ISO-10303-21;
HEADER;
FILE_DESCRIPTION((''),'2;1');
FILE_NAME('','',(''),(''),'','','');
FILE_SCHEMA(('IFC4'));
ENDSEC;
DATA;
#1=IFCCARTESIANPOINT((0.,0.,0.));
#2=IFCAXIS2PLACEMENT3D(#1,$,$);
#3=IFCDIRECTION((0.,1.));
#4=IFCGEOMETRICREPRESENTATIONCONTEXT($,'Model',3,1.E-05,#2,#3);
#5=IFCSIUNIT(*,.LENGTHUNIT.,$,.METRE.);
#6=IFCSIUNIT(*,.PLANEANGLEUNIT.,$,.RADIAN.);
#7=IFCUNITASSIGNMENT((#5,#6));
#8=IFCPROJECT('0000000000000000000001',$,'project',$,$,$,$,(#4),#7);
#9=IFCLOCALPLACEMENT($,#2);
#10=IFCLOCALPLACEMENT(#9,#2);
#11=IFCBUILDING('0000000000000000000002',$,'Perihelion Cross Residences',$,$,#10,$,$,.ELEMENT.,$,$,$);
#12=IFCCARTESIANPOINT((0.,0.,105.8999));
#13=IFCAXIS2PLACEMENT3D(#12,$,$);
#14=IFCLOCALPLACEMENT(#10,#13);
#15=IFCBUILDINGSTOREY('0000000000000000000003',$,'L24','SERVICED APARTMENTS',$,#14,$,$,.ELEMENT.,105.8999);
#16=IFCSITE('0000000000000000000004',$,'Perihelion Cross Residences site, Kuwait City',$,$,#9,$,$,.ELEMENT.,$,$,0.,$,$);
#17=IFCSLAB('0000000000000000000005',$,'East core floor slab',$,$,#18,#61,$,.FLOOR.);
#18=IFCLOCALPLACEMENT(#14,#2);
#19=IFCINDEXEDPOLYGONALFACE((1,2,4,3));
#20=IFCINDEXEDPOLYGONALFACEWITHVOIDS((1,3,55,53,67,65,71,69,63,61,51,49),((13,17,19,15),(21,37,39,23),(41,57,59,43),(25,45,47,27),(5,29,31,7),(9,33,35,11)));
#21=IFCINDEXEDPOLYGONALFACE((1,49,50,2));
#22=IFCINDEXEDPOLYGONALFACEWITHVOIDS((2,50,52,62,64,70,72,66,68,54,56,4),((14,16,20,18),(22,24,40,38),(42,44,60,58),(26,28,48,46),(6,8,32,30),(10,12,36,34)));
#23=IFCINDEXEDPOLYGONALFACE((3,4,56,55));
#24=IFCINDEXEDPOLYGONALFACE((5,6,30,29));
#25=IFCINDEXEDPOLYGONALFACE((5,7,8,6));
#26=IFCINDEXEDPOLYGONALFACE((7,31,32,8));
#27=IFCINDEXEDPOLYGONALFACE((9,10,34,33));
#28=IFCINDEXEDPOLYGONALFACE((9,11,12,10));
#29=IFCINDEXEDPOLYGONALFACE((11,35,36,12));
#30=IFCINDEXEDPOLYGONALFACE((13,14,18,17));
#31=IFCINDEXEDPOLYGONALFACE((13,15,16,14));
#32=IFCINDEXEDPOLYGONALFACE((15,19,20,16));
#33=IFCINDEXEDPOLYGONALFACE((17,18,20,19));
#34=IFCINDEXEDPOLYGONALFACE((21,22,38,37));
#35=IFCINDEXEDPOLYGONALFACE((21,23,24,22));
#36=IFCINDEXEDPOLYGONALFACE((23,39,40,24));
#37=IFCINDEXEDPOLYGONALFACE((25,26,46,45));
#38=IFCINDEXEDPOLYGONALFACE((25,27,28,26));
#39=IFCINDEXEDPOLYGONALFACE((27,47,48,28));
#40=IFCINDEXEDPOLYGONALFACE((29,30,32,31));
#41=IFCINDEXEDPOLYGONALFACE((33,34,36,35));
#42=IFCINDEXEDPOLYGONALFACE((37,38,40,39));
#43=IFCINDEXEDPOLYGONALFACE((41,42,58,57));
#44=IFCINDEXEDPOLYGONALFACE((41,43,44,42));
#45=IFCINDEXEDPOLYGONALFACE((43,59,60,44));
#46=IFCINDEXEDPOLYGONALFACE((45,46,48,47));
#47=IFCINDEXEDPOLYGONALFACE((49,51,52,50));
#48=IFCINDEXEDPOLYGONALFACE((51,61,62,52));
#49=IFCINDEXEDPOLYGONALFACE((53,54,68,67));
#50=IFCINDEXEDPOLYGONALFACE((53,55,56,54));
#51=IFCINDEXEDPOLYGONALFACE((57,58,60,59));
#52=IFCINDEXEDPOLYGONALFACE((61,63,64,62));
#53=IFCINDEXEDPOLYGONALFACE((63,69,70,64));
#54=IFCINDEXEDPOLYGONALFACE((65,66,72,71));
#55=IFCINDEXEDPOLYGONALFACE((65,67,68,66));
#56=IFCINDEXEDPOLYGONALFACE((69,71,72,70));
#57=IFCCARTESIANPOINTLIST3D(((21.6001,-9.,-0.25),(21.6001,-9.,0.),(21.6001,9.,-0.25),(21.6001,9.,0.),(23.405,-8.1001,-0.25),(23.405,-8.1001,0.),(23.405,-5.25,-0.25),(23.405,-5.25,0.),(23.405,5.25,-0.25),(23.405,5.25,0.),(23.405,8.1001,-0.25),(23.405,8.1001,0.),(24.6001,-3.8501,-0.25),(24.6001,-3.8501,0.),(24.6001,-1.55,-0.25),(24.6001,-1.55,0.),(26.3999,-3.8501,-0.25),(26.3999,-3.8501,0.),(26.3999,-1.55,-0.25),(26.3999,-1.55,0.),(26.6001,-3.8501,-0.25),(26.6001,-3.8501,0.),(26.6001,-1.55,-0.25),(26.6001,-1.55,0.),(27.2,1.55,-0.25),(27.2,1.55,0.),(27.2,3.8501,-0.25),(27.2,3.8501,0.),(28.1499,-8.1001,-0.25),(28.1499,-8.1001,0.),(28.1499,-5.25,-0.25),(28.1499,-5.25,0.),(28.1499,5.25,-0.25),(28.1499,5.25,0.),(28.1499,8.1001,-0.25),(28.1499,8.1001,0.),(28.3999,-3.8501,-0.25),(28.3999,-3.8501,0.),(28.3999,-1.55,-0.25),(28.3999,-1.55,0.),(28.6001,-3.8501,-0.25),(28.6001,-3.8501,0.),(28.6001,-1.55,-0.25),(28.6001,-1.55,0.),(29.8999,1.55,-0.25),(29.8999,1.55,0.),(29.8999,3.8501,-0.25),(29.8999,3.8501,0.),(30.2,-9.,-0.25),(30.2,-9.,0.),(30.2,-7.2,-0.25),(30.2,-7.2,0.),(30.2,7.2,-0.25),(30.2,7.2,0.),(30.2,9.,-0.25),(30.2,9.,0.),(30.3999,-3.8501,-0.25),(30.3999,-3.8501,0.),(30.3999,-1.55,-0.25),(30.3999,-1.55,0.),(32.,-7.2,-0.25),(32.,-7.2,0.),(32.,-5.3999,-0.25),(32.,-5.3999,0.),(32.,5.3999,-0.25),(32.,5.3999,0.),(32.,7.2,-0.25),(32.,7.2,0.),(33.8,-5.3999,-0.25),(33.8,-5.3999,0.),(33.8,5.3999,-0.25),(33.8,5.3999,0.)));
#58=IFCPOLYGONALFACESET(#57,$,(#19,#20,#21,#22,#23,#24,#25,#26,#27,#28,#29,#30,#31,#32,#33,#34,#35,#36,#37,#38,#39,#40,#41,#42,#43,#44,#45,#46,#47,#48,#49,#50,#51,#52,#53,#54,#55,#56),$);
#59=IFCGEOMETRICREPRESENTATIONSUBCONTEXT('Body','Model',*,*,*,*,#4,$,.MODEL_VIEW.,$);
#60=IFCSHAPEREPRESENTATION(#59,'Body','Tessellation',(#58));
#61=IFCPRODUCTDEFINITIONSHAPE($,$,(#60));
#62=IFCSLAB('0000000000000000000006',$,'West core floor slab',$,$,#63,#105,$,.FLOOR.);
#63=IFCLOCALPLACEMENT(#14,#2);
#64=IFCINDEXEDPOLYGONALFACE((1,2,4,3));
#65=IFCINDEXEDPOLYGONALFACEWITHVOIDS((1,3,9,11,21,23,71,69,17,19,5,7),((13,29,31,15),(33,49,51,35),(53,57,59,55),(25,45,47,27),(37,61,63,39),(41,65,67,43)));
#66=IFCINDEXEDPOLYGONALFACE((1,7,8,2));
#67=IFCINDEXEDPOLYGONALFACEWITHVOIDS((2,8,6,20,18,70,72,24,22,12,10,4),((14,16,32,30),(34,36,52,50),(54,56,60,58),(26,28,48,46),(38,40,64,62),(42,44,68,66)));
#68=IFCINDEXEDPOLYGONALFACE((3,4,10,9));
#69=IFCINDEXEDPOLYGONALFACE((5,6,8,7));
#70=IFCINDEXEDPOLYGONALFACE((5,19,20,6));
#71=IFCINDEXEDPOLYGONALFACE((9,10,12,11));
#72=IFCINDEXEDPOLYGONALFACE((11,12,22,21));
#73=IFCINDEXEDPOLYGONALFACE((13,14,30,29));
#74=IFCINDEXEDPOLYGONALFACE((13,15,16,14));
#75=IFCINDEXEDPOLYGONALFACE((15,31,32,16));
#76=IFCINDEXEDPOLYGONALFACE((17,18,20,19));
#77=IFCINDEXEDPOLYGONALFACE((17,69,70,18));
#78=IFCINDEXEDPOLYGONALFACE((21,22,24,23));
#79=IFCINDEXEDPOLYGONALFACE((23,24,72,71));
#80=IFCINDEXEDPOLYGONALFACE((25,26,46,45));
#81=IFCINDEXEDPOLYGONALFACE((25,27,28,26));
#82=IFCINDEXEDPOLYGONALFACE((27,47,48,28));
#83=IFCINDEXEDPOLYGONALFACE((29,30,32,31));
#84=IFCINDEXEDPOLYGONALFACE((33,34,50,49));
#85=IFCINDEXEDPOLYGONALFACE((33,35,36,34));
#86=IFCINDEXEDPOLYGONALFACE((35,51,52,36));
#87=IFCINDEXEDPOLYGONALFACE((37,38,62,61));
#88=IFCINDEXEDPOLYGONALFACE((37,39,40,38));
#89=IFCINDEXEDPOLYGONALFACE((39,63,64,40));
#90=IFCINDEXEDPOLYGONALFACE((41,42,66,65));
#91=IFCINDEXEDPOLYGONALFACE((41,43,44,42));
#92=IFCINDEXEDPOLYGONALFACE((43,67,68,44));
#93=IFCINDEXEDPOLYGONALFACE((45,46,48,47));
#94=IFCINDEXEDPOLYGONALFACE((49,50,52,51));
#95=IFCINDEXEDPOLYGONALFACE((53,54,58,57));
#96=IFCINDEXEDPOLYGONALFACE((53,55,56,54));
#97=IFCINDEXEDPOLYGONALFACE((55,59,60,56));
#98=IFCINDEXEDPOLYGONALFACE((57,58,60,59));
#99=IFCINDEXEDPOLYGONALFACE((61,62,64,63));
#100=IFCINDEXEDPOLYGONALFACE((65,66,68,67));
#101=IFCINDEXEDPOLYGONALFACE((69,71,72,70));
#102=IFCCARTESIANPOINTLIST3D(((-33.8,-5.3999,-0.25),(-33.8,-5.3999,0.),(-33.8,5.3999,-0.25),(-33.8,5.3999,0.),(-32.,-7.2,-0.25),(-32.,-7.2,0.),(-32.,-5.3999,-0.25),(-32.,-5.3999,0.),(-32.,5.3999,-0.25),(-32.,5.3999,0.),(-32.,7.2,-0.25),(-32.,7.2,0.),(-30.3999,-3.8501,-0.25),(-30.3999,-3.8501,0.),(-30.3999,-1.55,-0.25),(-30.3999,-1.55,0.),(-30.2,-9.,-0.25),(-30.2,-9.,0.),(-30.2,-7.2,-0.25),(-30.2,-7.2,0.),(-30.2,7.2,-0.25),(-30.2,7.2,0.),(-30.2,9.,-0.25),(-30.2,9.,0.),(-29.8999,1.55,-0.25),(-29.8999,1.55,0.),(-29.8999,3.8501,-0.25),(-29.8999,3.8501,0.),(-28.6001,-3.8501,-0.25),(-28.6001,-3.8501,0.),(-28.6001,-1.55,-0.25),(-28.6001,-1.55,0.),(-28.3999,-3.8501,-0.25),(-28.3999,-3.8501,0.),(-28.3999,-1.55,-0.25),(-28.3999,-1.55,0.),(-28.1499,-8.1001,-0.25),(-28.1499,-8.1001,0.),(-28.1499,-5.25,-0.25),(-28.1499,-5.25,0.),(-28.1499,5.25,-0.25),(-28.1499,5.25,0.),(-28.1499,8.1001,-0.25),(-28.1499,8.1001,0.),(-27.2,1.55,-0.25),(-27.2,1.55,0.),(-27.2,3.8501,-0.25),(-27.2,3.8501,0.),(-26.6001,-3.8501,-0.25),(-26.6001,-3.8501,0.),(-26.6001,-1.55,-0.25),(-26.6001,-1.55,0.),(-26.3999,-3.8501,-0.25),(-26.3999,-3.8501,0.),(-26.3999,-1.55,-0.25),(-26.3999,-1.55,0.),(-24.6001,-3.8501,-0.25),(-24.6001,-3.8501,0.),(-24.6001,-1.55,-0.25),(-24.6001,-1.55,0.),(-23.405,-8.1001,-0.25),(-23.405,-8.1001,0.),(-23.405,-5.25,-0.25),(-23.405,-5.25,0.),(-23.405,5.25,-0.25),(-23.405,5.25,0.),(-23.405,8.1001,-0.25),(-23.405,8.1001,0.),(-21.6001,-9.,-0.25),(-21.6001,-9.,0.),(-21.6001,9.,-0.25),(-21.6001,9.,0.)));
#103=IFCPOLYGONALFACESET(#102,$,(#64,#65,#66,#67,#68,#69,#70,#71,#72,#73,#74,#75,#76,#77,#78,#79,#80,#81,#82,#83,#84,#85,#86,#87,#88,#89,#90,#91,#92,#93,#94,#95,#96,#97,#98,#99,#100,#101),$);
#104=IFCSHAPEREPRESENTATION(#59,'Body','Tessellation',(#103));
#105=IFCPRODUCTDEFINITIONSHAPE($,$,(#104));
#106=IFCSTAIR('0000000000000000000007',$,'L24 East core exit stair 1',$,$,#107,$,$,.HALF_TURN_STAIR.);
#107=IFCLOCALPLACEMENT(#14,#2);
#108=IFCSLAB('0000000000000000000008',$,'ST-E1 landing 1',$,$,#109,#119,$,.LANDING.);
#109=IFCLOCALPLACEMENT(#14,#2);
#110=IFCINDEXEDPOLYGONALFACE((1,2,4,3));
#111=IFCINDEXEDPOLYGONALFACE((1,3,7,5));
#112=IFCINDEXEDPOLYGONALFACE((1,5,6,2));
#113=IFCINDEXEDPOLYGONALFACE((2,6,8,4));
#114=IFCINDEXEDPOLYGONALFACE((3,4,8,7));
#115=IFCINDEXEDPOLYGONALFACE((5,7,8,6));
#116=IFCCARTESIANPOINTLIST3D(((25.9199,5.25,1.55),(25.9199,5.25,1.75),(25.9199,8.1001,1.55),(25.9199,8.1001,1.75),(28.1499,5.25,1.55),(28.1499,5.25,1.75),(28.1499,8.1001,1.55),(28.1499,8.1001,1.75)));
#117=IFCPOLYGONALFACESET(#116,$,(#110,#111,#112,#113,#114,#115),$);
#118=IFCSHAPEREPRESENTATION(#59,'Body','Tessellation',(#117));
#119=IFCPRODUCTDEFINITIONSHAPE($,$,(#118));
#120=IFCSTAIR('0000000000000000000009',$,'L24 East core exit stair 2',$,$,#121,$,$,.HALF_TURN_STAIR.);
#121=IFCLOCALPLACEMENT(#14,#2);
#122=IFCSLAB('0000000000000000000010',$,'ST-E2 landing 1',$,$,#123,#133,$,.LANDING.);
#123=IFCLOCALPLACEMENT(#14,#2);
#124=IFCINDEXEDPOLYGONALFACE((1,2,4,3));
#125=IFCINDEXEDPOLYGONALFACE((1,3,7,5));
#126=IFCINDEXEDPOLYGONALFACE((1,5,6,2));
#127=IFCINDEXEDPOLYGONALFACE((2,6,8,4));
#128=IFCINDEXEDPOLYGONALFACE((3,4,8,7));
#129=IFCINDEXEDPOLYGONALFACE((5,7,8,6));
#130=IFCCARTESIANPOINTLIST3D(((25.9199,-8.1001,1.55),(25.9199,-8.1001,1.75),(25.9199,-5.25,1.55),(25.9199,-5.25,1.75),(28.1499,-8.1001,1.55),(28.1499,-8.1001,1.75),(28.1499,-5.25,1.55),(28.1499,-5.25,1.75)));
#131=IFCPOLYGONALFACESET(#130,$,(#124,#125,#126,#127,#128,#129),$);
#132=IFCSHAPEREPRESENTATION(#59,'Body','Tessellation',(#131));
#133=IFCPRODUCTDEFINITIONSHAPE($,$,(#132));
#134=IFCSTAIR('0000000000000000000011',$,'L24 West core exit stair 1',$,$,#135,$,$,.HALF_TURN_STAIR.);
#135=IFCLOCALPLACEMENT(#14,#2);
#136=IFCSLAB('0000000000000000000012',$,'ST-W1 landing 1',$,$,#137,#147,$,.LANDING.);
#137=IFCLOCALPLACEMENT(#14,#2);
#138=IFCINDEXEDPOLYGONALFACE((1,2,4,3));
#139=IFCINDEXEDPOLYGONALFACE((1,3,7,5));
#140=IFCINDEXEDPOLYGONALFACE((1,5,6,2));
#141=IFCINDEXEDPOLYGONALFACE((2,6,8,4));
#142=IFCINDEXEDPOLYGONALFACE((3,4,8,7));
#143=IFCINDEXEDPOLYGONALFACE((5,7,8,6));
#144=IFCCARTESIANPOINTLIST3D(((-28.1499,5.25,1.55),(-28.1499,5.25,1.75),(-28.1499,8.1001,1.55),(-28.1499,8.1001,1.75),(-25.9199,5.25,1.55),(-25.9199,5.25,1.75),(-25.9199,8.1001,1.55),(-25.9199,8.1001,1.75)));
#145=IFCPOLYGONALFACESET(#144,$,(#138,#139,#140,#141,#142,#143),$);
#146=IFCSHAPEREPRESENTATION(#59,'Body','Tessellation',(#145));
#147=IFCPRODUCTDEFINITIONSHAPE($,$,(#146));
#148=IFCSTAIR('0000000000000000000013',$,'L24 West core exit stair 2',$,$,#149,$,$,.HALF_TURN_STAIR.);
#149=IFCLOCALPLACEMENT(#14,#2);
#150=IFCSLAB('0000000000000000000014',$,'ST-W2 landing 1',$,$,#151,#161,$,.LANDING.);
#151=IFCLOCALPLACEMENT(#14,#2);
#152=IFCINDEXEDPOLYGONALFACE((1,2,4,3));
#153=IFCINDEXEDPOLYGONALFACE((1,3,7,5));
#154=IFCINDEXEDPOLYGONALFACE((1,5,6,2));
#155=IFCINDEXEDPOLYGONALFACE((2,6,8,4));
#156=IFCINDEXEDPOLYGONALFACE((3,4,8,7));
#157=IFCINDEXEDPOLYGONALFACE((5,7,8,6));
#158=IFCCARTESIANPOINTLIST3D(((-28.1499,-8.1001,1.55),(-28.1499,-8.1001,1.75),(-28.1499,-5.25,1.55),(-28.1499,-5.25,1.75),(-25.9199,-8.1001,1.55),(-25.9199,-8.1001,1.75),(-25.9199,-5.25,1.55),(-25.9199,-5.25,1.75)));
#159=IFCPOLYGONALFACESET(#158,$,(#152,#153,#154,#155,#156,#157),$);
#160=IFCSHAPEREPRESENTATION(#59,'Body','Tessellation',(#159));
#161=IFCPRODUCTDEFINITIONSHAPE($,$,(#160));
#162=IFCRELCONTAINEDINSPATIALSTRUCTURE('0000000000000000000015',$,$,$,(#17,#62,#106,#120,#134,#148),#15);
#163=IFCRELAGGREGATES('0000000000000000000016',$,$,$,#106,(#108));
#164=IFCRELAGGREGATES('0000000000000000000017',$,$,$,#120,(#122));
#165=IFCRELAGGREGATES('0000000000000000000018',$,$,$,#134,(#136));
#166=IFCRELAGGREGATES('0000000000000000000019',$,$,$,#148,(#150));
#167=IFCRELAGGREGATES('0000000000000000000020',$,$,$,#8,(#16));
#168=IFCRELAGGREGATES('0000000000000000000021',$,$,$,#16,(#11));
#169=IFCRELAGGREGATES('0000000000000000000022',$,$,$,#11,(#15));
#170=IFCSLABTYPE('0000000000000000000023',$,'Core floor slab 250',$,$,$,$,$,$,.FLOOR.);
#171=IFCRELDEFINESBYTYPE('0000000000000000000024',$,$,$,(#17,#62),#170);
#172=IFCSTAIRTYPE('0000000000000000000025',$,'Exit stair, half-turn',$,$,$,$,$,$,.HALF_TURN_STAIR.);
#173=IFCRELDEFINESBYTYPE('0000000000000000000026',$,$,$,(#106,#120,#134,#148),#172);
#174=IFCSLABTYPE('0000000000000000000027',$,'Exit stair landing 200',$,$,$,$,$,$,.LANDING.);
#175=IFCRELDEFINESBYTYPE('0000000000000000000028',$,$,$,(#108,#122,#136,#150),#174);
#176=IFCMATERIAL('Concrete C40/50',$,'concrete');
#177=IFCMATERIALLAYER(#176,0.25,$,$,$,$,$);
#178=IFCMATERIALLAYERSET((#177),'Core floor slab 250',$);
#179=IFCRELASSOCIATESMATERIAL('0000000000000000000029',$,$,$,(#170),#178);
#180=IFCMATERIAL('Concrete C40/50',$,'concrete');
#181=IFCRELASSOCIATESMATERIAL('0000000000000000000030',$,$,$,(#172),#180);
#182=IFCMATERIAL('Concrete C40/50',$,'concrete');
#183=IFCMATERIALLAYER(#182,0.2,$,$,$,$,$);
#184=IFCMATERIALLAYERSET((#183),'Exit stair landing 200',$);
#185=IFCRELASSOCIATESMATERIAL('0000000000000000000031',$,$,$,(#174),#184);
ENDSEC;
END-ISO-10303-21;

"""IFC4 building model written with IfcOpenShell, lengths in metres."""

from ifc_helpers import new_model, si_unit, direction, frame, origin, place, context, subcontext, project, spatial, polyline, outline, extrude, material, layer, layer_set, type_object, element, aggregate, save


model = new_model("IFC4")

# Units and contexts
model_context = context("Model", 3, precision=1e-05, world=origin(), true_north=direction((0.0, 1.0)))
body_context = subcontext(model_context, "Body", "Model", "MODEL_VIEW")
ifc_project = project(units=[si_unit("LENGTHUNIT", "METRE"), si_unit("PLANEANGLEUNIT", "RADIAN")], contexts=[model_context])

# Site, building, storey
site_placement = place(None, origin())
site = spatial("IfcSite", under=ifc_project, at=site_placement, Name="Perihelion Cross Residences site, Kuwait City", CompositionType="ELEMENT", RefElevation=0.0)
building_placement = place(site_placement, origin())
building = spatial("IfcBuilding", under=site, at=building_placement, Name="Perihelion Cross Residences", CompositionType="ELEMENT")
storey_placement = place(building_placement, frame((0.0, 0.0, 105.8999)))
storey = spatial("IfcBuildingStorey", under=building, at=storey_placement, Name="L24", Description="SERVICED APARTMENTS", CompositionType="ELEMENT", Elevation=105.8999)

# Slabs
ifc_material_1 = material(Name="Concrete C40/50", Category="concrete")
ifc_layer_1 = layer(ifc_material_1, 0.25)
ifc_layer_set_1 = layer_set([ifc_layer_1], Name="Core floor slab 250")
slab_type_1 = type_object("IfcSlabType", Name="Core floor slab 250", PredefinedType="FLOOR", material=ifc_layer_set_1)
slab_1_placement = place(storey_placement, frame((0.0, 0.0, -0.25)))
element("IfcSlab", 1, at=slab_1_placement, inside=storey, type_object=slab_type_1, Name="East core floor slab", PredefinedType="FLOOR", context=body_context, shape_type="SweptSolid", body=[
    extrude(outline(polyline([(30.2, 7.2), (32.0, 7.2), (32.0, 5.3999), (33.8, 5.3999), (33.8, -5.3999), (32.0, -5.3999), (32.0, -7.2), (30.2, -7.2), (30.2, -9.0), (21.6001, -9.0), (21.6001, 9.0), (30.2, 9.0), (30.2, 7.2)]), holes=[polyline([(28.1499, -8.1001), (28.1499, -5.25), (23.405, -5.25), (23.405, -8.1001), (28.1499, -8.1001)]), polyline([(24.6001, -1.55), (24.6001, -3.8501), (26.3999, -3.8501), (26.3999, -1.55), (24.6001, -1.55)]), polyline([(26.6001, -1.55), (26.6001, -3.8501), (28.3999, -3.8501), (28.3999, -1.55), (26.6001, -1.55)]), polyline([(28.6001, -3.8501), (30.3999, -3.8501), (30.3999, -1.55), (28.6001, -1.55), (28.6001, -3.8501)]), polyline([(27.2, 3.8501), (27.2, 1.55), (29.8999, 1.55), (29.8999, 3.8501), (27.2, 3.8501)]), polyline([(23.405, 5.25), (28.1499, 5.25), (28.1499, 8.1001), (23.405, 8.1001), (23.405, 5.25)])]), origin(), (0.0, 0.0, 1.0), 0.25),
])
slab_2_placement = place(storey_placement, frame((0.0, 0.0, -0.25)))
element("IfcSlab", 2, at=slab_2_placement, inside=storey, type_object=slab_type_1, Name="West core floor slab", PredefinedType="FLOOR", context=body_context, shape_type="SweptSolid", body=[
    extrude(outline(polyline([(-30.2, 7.2), (-32.0, 7.2), (-32.0, 5.3999), (-33.8, 5.3999), (-33.8, -5.3999), (-32.0, -5.3999), (-32.0, -7.2), (-30.2, -7.2), (-30.2, -9.0), (-21.6001, -9.0), (-21.6001, 9.0), (-30.2, 9.0), (-30.2, 7.2)]), holes=[polyline([(-28.1499, -8.1001), (-28.1499, -5.25), (-23.405, -5.25), (-23.405, -8.1001), (-28.1499, -8.1001)]), polyline([(-24.6001, -1.55), (-24.6001, -3.8501), (-26.3999, -3.8501), (-26.3999, -1.55), (-24.6001, -1.55)]), polyline([(-26.6001, -1.55), (-26.6001, -3.8501), (-28.3999, -3.8501), (-28.3999, -1.55), (-26.6001, -1.55)]), polyline([(-28.6001, -3.8501), (-30.3999, -3.8501), (-30.3999, -1.55), (-28.6001, -1.55), (-28.6001, -3.8501)]), polyline([(-27.2, 3.8501), (-27.2, 1.55), (-29.8999, 1.55), (-29.8999, 3.8501), (-27.2, 3.8501)]), polyline([(-23.405, 5.25), (-28.1499, 5.25), (-28.1499, 8.1001), (-23.405, 8.1001), (-23.405, 5.25)])]), origin(), (0.0, 0.0, 1.0), 0.25),
])

# Stairs, slabs
ifc_material_2 = material(Name="Concrete C40/50", Category="concrete")
stair_type = type_object("IfcStairType", Name="Exit stair, half-turn", PredefinedType="HALF_TURN_STAIR", material=ifc_material_2)
stair_1_placement = place(storey_placement, origin())
stair_1 = element("IfcStair", 3, at=stair_1_placement, inside=storey, type_object=stair_type, Name="L24 East core exit stair 1", PredefinedType="HALF_TURN_STAIR")
ifc_material_3 = material(Name="Concrete C40/50", Category="concrete")
ifc_layer_2 = layer(ifc_material_3, 0.2)
ifc_layer_set_2 = layer_set([ifc_layer_2], Name="Exit stair landing 200")
slab_type_2 = type_object("IfcSlabType", Name="Exit stair landing 200", PredefinedType="LANDING", material=ifc_layer_set_2)
slab_3_placement = place(storey_placement, frame((0.0, 0.0, 1.55)))
slab_3 = element("IfcSlab", 4, at=slab_3_placement, type_object=slab_type_2, Name="ST-E1 landing 1", PredefinedType="LANDING", context=body_context, shape_type="SweptSolid", body=[
    extrude(outline(polyline([(25.9199, 5.25), (28.1499, 5.25), (28.1499, 8.1001), (25.9199, 8.1001), (25.9199, 5.25)])), origin(), (0.0, 0.0, 1.0), 0.2),
])
aggregate(stair_1, [slab_3])
stair_2_placement = place(storey_placement, origin())
stair_2 = element("IfcStair", 5, at=stair_2_placement, inside=storey, type_object=stair_type, Name="L24 East core exit stair 2", PredefinedType="HALF_TURN_STAIR")
slab_4_placement = place(storey_placement, frame((0.0, 0.0, 1.55)))
slab_4 = element("IfcSlab", 6, at=slab_4_placement, type_object=slab_type_2, Name="ST-E2 landing 1", PredefinedType="LANDING", context=body_context, shape_type="SweptSolid", body=[
    extrude(outline(polyline([(25.9199, -8.1001), (28.1499, -8.1001), (28.1499, -5.25), (25.9199, -5.25), (25.9199, -8.1001)])), origin(), (0.0, 0.0, 1.0), 0.2),
])
aggregate(stair_2, [slab_4])
stair_3_placement = place(storey_placement, origin())
stair_3 = element("IfcStair", 7, at=stair_3_placement, inside=storey, type_object=stair_type, Name="L24 West core exit stair 1", PredefinedType="HALF_TURN_STAIR")
slab_5_placement = place(storey_placement, frame((0.0, 0.0, 1.55)))
slab_5 = element("IfcSlab", 8, at=slab_5_placement, type_object=slab_type_2, Name="ST-W1 landing 1", PredefinedType="LANDING", context=body_context, shape_type="SweptSolid", body=[
    extrude(outline(polyline([(-25.9199, 8.1001), (-28.1499, 8.1001), (-28.1499, 5.25), (-25.9199, 5.25), (-25.9199, 8.1001)])), origin(), (0.0, 0.0, 1.0), 0.2),
])
aggregate(stair_3, [slab_5])
stair_4_placement = place(storey_placement, origin())
stair_4 = element("IfcStair", 9, at=stair_4_placement, inside=storey, type_object=stair_type, Name="L24 West core exit stair 2", PredefinedType="HALF_TURN_STAIR")
slab_6_placement = place(storey_placement, frame((0.0, 0.0, 1.55)))
slab_6 = element("IfcSlab", 10, at=slab_6_placement, type_object=slab_type_2, Name="ST-W2 landing 1", PredefinedType="LANDING", context=body_context, shape_type="SweptSolid", body=[
    extrude(outline(polyline([(-25.9199, -5.25), (-28.1499, -5.25), (-28.1499, -8.1001), (-25.9199, -8.1001), (-25.9199, -5.25)])), origin(), (0.0, 0.0, 1.0), 0.2),
])
aggregate(stair_4, [slab_6])

save(model, "model.ifc")
